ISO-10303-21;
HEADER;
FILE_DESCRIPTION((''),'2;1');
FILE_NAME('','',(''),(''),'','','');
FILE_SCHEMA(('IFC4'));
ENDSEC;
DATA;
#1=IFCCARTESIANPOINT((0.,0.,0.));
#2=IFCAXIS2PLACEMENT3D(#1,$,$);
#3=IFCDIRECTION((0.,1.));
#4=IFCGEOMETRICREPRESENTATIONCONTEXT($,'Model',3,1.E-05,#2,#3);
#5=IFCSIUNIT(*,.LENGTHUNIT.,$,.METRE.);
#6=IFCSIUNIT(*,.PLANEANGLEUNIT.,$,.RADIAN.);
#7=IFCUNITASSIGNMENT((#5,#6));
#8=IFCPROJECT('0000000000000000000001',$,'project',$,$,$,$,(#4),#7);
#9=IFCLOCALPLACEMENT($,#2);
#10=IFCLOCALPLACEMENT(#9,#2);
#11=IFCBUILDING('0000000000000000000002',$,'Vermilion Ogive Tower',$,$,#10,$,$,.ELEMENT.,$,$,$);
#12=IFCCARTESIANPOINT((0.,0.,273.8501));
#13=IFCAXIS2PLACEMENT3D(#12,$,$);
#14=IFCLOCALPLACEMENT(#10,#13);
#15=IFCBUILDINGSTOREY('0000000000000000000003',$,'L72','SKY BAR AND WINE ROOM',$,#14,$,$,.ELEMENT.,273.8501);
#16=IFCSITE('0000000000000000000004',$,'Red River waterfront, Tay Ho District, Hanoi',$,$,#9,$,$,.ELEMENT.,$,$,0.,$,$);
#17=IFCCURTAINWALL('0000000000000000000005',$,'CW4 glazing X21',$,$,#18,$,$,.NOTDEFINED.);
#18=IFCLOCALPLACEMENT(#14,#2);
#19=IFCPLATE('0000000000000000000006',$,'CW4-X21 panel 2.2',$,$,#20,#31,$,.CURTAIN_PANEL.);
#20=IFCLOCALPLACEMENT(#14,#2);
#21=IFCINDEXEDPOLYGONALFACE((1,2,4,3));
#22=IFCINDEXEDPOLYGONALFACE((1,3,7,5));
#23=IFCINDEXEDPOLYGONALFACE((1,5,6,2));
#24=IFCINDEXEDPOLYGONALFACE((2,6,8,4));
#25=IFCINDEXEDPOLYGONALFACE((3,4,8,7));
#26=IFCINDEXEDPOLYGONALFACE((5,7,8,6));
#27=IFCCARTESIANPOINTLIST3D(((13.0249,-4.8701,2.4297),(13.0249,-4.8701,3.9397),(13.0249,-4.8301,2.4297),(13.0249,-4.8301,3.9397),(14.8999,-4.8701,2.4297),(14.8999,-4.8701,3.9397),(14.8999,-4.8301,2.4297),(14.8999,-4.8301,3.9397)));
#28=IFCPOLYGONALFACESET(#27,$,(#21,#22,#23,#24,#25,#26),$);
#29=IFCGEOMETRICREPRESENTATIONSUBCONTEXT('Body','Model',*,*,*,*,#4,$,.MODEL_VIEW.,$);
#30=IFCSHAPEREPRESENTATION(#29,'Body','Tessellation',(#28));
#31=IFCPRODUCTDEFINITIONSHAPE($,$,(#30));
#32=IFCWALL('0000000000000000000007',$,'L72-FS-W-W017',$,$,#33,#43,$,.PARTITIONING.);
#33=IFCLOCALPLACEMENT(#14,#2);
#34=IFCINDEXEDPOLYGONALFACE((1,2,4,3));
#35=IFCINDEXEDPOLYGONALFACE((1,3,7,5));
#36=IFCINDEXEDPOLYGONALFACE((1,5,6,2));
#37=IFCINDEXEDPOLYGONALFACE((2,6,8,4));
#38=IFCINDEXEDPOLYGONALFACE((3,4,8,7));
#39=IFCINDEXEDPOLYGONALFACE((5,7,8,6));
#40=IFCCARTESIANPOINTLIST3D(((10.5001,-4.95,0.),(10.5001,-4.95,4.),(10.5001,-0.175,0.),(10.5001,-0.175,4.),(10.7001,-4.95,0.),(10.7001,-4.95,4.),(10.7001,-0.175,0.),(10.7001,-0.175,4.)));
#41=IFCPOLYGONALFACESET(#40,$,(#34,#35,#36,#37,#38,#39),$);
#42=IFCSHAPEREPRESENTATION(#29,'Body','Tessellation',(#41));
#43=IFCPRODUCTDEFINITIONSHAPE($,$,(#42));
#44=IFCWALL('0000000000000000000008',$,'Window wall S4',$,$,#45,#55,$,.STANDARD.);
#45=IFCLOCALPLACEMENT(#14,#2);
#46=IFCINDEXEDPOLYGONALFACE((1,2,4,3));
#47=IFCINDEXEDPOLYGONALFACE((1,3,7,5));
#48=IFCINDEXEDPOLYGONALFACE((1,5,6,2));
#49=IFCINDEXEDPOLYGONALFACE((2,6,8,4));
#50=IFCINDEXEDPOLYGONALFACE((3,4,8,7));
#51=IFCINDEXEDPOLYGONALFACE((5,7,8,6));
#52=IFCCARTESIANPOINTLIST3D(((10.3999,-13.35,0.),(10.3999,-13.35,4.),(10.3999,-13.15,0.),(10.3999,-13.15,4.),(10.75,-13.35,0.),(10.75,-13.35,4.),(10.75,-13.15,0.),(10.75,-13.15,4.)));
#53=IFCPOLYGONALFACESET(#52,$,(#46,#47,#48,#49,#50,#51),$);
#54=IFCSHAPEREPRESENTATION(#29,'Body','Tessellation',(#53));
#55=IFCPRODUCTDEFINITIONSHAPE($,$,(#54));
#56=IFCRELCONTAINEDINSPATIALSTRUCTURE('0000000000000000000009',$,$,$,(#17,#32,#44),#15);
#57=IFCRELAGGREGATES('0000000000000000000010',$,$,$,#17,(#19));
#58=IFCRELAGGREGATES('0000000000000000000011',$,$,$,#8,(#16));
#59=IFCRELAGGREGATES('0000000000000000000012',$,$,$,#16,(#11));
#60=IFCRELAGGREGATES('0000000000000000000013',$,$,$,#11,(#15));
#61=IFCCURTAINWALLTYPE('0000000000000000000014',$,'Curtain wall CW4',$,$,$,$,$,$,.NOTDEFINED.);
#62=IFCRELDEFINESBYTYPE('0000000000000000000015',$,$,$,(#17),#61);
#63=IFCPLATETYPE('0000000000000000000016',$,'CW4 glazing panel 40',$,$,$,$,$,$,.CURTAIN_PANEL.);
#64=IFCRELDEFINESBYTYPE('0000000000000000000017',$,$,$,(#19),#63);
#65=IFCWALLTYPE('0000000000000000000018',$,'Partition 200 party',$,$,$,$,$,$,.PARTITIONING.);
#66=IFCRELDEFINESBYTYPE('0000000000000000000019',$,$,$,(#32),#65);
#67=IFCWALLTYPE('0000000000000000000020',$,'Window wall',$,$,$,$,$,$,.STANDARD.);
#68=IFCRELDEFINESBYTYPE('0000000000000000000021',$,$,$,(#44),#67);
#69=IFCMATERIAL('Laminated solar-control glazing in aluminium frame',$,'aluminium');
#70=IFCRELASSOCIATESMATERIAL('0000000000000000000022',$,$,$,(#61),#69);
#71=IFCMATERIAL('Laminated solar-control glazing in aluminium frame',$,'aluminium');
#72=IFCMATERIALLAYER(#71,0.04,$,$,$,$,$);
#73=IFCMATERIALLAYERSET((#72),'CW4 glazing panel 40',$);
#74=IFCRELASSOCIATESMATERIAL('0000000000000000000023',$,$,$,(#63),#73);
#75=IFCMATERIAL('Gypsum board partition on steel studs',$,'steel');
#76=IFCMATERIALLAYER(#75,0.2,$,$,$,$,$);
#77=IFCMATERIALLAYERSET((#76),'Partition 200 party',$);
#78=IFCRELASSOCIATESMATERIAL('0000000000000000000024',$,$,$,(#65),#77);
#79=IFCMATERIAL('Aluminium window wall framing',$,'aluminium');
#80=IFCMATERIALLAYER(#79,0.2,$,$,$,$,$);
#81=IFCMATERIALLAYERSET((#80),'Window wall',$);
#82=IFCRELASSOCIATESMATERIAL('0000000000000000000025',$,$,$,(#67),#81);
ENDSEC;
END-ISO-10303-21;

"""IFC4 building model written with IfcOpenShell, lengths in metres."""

from ifc_helpers import new_model, si_unit, direction, frame, frame_2d, origin, origin_2d, place, context, subcontext, project, spatial, rectangle, extrude, material, layer, layer_set, type_object, element, aggregate, save


model = new_model("IFC4")

# Units and contexts
model_context = context("Model", 3, precision=1e-05, world=origin(), true_north=direction((0.0, 1.0)))
body_context = subcontext(model_context, "Body", "Model", "MODEL_VIEW")
ifc_project = project(units=[si_unit("LENGTHUNIT", "METRE"), si_unit("PLANEANGLEUNIT", "RADIAN")], contexts=[model_context])

# Site, building, storey
site_placement = place(None, origin())
site = spatial("IfcSite", under=ifc_project, at=site_placement, Name="Red River waterfront, Tay Ho District, Hanoi", CompositionType="ELEMENT", RefElevation=0.0)
building_placement = place(site_placement, origin())
building = spatial("IfcBuilding", under=site, at=building_placement, Name="Vermilion Ogive Tower", CompositionType="ELEMENT")
storey_placement = place(building_placement, frame((0.0, 0.0, 273.8501)))
storey = spatial("IfcBuildingStorey", under=building, at=storey_placement, Name="L72", Description="SKY BAR AND WINE ROOM", CompositionType="ELEMENT", Elevation=273.8501)

# Curtain wall
ifc_material_1 = material(Name="Laminated solar-control glazing in aluminium frame", Category="aluminium")
curtain_wall_type = type_object("IfcCurtainWallType", Name="Curtain wall CW4", PredefinedType="NOTDEFINED", material=ifc_material_1)
curtain_wall_1_placement = place(storey_placement, origin())
curtain_wall_1 = element("IfcCurtainWall", 1, at=curtain_wall_1_placement, inside=storey, type_object=curtain_wall_type, Name="CW4 glazing X21", PredefinedType="NOTDEFINED")

# Plate
ifc_material_2 = material(Name="Laminated solar-control glazing in aluminium frame", Category="aluminium")
ifc_layer_1 = layer(ifc_material_2, 0.04)
ifc_layer_set_1 = layer_set([ifc_layer_1], Name="CW4 glazing panel 40")
plate_type = type_object("IfcPlateType", Name="CW4 glazing panel 40", PredefinedType="CURTAIN_PANEL", material=ifc_layer_set_1)
plate_1_placement = place(storey_placement, frame((13.9624, -4.8501, 2.4297), z_axis=(0.0, 0.0, 1.0), x_axis=(1.0, 0.0, 0.0)))
plate_1 = element("IfcPlate", 2, at=plate_1_placement, type_object=plate_type, Name="CW4-X21 panel 2.2", PredefinedType="CURTAIN_PANEL", context=body_context, shape_type="SweptSolid", body=[
    extrude(rectangle(XDim=1.875, YDim=0.04, at=origin_2d()), origin(), (0.0, 0.0, 1.0), 1.51),
])
aggregate(curtain_wall_1, [plate_1])

# Walls
ifc_material_3 = material(Name="Gypsum board partition on steel studs", Category="steel")
ifc_layer_2 = layer(ifc_material_3, 0.2)
ifc_layer_set_2 = layer_set([ifc_layer_2], Name="Partition 200 party")
wall_type_1 = type_object("IfcWallType", Name="Partition 200 party", PredefinedType="PARTITIONING", material=ifc_layer_set_2)
wall_1_placement = place(storey_placement, frame((10.6001, -4.95, 0.0), z_axis=(0.0, 0.0, 1.0), x_axis=(0.0, 1.0, 0.0)))
element("IfcWall", 3, at=wall_1_placement, inside=storey, type_object=wall_type_1, Name="L72-FS-W-W017", PredefinedType="PARTITIONING", context=body_context, shape_type="SweptSolid", body=[
    extrude(rectangle(XDim=4.7749, YDim=0.2, at=frame_2d((2.3875, 0.0))), origin(), (0.0, 0.0, 1.0), 4.0),
])
ifc_material_4 = material(Name="Aluminium window wall framing", Category="aluminium")
ifc_layer_3 = layer(ifc_material_4, 0.2)
ifc_layer_set_3 = layer_set([ifc_layer_3], Name="Window wall")
wall_type_2 = type_object("IfcWallType", Name="Window wall", PredefinedType="STANDARD", material=ifc_layer_set_3)
wall_2_placement = place(storey_placement, frame((10.3999, -13.25, 0.0), z_axis=(0.0, 0.0, 1.0), x_axis=(1.0, 0.0, 0.0)))
element("IfcWall", 4, at=wall_2_placement, inside=storey, type_object=wall_type_2, Name="Window wall S4", PredefinedType="STANDARD", context=body_context, shape_type="SweptSolid", body=[
    extrude(rectangle(XDim=0.3501, YDim=0.2, at=frame_2d((0.175, 0.0))), origin(), (0.0, 0.0, 1.0), 4.0),
])

save(model, "model.ifc")
